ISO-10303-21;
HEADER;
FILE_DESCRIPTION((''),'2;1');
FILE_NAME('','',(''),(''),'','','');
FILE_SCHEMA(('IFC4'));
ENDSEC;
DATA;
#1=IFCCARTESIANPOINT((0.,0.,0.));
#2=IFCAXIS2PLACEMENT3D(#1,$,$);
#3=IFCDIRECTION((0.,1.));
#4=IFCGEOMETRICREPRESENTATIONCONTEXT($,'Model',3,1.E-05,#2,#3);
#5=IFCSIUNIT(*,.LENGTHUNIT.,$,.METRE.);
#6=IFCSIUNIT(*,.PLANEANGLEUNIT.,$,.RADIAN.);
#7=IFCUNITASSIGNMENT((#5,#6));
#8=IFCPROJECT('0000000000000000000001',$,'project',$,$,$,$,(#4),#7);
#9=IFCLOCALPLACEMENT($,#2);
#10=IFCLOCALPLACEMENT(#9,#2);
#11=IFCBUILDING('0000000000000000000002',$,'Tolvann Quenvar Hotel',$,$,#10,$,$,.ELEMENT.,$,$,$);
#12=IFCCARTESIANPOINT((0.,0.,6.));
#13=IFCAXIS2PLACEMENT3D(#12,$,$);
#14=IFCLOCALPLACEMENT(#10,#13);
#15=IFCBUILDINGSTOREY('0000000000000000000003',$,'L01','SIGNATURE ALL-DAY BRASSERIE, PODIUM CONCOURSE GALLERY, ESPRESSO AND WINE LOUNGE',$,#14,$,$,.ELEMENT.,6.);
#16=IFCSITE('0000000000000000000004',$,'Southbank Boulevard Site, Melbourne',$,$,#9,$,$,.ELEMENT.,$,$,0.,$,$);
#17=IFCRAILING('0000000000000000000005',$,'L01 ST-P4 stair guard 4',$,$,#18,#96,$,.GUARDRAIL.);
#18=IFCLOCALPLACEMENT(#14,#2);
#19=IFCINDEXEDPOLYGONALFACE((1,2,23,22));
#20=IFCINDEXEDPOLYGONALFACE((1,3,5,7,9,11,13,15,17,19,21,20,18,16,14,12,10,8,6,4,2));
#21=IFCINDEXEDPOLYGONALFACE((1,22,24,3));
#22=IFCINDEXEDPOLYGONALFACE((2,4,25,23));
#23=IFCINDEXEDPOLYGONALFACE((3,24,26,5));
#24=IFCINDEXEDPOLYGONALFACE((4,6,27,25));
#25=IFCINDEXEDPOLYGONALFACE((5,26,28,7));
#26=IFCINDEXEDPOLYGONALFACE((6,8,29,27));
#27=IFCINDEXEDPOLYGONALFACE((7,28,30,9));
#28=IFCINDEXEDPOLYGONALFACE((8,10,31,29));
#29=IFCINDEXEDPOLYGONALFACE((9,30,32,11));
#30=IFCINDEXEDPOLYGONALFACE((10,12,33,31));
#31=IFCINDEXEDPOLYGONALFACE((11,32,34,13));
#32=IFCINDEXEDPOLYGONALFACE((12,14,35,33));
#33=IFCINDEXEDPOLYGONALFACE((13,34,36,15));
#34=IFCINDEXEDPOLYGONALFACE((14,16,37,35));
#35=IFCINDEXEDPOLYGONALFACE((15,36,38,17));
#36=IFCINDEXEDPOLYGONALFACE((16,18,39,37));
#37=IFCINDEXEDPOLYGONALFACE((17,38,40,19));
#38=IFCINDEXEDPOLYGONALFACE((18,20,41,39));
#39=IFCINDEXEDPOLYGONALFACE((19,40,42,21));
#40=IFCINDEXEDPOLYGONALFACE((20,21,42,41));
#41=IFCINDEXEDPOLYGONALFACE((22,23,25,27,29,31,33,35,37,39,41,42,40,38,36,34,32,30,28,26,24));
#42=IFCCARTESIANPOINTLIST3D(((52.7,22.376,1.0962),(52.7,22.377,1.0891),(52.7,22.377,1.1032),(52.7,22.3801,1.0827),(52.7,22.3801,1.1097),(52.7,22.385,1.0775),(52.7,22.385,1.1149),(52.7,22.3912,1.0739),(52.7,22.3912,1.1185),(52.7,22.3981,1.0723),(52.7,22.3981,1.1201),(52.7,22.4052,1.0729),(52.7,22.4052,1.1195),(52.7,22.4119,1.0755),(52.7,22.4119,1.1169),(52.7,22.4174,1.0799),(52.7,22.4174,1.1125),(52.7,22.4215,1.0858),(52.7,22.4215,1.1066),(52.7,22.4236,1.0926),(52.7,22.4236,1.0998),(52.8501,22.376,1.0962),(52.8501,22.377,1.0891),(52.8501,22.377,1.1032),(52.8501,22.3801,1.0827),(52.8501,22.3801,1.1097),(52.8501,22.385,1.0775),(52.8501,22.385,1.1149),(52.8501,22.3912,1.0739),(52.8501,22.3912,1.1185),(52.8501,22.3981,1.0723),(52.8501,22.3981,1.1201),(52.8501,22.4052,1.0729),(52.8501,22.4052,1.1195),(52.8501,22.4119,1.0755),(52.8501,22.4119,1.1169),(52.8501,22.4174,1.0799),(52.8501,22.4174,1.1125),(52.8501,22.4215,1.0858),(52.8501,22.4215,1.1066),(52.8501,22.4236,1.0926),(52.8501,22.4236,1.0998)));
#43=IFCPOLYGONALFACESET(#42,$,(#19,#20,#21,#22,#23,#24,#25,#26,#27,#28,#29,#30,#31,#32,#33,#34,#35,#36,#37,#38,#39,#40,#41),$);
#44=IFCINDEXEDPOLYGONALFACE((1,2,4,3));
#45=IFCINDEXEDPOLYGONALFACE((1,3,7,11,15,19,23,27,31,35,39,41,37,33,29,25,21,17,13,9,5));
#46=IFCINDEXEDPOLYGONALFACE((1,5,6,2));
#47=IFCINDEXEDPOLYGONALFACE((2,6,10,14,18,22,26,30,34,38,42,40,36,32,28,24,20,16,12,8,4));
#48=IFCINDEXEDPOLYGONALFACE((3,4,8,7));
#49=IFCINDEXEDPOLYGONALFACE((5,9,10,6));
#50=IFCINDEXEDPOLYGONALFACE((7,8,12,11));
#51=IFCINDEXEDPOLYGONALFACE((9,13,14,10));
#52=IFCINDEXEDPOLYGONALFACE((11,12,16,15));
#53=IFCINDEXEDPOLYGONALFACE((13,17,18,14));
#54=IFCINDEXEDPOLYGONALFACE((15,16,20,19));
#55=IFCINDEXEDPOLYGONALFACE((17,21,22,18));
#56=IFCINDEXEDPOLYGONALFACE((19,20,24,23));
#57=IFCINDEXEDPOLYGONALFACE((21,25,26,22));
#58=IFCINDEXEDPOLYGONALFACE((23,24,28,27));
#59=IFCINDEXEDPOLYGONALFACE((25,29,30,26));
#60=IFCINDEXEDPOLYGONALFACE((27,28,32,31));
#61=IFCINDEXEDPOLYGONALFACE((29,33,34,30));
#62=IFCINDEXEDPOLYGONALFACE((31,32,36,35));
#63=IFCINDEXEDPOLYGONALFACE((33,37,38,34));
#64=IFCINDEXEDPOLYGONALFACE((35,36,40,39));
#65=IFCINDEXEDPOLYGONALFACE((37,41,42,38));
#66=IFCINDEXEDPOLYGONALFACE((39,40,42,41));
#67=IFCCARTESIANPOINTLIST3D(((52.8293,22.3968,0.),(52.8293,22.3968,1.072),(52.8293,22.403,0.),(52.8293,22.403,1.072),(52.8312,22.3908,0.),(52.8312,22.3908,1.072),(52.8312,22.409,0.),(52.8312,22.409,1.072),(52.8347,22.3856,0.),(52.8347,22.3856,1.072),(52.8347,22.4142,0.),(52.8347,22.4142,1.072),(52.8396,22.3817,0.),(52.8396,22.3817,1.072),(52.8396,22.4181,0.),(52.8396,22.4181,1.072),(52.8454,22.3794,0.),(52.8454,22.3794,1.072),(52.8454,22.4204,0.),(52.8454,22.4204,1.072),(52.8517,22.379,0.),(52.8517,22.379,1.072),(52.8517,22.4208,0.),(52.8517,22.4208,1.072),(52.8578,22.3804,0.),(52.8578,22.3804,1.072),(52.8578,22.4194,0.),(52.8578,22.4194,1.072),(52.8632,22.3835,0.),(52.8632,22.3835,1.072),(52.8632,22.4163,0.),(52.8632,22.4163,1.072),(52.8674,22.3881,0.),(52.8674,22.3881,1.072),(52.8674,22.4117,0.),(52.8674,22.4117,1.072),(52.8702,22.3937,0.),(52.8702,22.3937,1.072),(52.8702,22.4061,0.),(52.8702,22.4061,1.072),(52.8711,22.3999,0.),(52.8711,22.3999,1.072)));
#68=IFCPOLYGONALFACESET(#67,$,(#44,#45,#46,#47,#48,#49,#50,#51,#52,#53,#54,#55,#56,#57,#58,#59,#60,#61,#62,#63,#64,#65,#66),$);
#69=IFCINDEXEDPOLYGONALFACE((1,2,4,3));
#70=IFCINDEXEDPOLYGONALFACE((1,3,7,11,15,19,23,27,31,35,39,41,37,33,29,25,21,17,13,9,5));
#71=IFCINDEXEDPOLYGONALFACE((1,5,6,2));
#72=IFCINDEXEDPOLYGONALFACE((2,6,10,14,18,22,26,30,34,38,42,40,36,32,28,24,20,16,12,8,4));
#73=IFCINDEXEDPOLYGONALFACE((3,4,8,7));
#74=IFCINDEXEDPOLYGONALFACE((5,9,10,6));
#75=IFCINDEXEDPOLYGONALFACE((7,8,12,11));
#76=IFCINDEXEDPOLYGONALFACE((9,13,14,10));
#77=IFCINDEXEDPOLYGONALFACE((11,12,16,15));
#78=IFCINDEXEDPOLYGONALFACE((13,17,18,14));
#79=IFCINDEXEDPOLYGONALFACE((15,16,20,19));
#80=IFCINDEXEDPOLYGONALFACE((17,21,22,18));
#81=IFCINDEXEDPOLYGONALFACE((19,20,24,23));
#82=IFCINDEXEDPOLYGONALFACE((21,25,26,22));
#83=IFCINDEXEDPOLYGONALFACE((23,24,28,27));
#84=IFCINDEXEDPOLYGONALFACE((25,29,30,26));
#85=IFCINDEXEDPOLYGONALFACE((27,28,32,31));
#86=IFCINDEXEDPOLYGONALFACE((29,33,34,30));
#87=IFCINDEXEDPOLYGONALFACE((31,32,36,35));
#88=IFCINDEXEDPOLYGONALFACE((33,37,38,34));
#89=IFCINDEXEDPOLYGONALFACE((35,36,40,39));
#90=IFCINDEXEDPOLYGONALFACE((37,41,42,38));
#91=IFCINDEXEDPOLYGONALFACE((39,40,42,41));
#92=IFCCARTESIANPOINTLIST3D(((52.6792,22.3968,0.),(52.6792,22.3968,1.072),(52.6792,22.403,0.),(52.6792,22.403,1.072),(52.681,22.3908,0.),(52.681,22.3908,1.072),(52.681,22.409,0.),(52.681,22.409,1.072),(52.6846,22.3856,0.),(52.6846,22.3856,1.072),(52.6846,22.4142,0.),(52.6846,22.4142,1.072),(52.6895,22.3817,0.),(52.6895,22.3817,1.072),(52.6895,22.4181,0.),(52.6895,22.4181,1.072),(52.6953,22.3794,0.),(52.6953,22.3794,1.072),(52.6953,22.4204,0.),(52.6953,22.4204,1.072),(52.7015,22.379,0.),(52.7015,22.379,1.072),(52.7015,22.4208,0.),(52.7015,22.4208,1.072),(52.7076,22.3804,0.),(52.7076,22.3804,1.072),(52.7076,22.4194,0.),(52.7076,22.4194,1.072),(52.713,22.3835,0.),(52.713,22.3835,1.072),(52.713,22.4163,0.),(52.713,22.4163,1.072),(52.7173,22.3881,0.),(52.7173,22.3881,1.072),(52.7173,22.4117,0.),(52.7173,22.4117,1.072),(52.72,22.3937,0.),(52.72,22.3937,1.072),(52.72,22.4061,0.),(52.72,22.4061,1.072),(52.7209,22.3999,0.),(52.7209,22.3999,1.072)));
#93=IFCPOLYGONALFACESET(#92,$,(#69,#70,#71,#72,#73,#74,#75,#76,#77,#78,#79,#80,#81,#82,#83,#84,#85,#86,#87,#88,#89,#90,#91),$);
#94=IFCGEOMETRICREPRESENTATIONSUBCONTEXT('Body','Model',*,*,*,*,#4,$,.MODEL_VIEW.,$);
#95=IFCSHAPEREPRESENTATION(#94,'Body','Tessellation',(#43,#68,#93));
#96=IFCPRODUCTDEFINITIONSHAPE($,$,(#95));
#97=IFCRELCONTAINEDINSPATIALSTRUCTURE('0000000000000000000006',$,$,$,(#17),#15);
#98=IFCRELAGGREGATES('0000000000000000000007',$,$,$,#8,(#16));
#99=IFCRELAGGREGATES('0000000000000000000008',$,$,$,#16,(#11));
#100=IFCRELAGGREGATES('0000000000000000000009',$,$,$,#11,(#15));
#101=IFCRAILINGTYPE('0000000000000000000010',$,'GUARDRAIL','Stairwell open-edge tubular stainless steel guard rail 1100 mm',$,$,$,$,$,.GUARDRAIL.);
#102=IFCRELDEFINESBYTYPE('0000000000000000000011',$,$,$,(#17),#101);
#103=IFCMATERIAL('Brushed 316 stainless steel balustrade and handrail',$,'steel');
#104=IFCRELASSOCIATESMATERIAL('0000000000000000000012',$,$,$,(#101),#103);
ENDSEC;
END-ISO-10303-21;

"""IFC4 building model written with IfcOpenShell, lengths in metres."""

from ifc_helpers import new_model, si_unit, direction, frame, origin, origin_2d, place, context, subcontext, project, spatial, circle, extrude, material, type_object, element, save


model = new_model("IFC4")

# Units and contexts
model_context = context("Model", 3, precision=1e-05, world=origin(), true_north=direction((0.0, 1.0)))
body_context = subcontext(model_context, "Body", "Model", "MODEL_VIEW")
ifc_project = project(units=[si_unit("LENGTHUNIT", "METRE"), si_unit("PLANEANGLEUNIT", "RADIAN")], contexts=[model_context])

# Site, building, storey
site_placement = place(None, origin())
site = spatial("IfcSite", under=ifc_project, at=site_placement, Name="Southbank Boulevard Site, Melbourne", CompositionType="ELEMENT", RefElevation=0.0)
building_placement = place(site_placement, origin())
building = spatial("IfcBuilding", under=site, at=building_placement, Name="Tolvann Quenvar Hotel", CompositionType="ELEMENT")
storey_placement = place(building_placement, frame((0.0, 0.0, 6.0)))
storey = spatial("IfcBuildingStorey", under=building, at=storey_placement, Name="L01", Description="SIGNATURE ALL-DAY BRASSERIE, PODIUM CONCOURSE GALLERY, ESPRESSO AND WINE LOUNGE", CompositionType="ELEMENT", Elevation=6.0)

# Railing
ifc_material_1 = material(Name="Brushed 316 stainless steel balustrade and handrail", Category="steel")
railing_type_1 = type_object("IfcRailingType", Name="GUARDRAIL", Description="Stairwell open-edge tubular stainless steel guard rail 1100 mm", PredefinedType="GUARDRAIL", material=ifc_material_1)
railing_1_placement = place(storey_placement, frame((52.8501, 22.3999, 0.0)))
element("IfcRailing", 1, at=railing_1_placement, inside=storey, type_object=railing_type_1, Name="L01 ST-P4 stair guard 4", PredefinedType="GUARDRAIL", context=body_context, shape_type="SweptSolid", body=[
    extrude(circle(Radius=0.0239, at=origin_2d()), frame((0.0, 0.0, 1.0962), z_axis=(-1.0, 0.0, 0.0), x_axis=(0.0, -1.0, 0.0)), (0.0, 0.0, 1.0), 0.1501),
    extrude(circle(Radius=0.021, at=origin_2d()), origin(), (0.0, 0.0, 1.0), 1.072),
    extrude(circle(Radius=0.021, at=origin_2d()), frame((-0.1501, 0.0, 0.0)), (0.0, 0.0, 1.0), 1.072),
])

save(model, "model.ifc")
